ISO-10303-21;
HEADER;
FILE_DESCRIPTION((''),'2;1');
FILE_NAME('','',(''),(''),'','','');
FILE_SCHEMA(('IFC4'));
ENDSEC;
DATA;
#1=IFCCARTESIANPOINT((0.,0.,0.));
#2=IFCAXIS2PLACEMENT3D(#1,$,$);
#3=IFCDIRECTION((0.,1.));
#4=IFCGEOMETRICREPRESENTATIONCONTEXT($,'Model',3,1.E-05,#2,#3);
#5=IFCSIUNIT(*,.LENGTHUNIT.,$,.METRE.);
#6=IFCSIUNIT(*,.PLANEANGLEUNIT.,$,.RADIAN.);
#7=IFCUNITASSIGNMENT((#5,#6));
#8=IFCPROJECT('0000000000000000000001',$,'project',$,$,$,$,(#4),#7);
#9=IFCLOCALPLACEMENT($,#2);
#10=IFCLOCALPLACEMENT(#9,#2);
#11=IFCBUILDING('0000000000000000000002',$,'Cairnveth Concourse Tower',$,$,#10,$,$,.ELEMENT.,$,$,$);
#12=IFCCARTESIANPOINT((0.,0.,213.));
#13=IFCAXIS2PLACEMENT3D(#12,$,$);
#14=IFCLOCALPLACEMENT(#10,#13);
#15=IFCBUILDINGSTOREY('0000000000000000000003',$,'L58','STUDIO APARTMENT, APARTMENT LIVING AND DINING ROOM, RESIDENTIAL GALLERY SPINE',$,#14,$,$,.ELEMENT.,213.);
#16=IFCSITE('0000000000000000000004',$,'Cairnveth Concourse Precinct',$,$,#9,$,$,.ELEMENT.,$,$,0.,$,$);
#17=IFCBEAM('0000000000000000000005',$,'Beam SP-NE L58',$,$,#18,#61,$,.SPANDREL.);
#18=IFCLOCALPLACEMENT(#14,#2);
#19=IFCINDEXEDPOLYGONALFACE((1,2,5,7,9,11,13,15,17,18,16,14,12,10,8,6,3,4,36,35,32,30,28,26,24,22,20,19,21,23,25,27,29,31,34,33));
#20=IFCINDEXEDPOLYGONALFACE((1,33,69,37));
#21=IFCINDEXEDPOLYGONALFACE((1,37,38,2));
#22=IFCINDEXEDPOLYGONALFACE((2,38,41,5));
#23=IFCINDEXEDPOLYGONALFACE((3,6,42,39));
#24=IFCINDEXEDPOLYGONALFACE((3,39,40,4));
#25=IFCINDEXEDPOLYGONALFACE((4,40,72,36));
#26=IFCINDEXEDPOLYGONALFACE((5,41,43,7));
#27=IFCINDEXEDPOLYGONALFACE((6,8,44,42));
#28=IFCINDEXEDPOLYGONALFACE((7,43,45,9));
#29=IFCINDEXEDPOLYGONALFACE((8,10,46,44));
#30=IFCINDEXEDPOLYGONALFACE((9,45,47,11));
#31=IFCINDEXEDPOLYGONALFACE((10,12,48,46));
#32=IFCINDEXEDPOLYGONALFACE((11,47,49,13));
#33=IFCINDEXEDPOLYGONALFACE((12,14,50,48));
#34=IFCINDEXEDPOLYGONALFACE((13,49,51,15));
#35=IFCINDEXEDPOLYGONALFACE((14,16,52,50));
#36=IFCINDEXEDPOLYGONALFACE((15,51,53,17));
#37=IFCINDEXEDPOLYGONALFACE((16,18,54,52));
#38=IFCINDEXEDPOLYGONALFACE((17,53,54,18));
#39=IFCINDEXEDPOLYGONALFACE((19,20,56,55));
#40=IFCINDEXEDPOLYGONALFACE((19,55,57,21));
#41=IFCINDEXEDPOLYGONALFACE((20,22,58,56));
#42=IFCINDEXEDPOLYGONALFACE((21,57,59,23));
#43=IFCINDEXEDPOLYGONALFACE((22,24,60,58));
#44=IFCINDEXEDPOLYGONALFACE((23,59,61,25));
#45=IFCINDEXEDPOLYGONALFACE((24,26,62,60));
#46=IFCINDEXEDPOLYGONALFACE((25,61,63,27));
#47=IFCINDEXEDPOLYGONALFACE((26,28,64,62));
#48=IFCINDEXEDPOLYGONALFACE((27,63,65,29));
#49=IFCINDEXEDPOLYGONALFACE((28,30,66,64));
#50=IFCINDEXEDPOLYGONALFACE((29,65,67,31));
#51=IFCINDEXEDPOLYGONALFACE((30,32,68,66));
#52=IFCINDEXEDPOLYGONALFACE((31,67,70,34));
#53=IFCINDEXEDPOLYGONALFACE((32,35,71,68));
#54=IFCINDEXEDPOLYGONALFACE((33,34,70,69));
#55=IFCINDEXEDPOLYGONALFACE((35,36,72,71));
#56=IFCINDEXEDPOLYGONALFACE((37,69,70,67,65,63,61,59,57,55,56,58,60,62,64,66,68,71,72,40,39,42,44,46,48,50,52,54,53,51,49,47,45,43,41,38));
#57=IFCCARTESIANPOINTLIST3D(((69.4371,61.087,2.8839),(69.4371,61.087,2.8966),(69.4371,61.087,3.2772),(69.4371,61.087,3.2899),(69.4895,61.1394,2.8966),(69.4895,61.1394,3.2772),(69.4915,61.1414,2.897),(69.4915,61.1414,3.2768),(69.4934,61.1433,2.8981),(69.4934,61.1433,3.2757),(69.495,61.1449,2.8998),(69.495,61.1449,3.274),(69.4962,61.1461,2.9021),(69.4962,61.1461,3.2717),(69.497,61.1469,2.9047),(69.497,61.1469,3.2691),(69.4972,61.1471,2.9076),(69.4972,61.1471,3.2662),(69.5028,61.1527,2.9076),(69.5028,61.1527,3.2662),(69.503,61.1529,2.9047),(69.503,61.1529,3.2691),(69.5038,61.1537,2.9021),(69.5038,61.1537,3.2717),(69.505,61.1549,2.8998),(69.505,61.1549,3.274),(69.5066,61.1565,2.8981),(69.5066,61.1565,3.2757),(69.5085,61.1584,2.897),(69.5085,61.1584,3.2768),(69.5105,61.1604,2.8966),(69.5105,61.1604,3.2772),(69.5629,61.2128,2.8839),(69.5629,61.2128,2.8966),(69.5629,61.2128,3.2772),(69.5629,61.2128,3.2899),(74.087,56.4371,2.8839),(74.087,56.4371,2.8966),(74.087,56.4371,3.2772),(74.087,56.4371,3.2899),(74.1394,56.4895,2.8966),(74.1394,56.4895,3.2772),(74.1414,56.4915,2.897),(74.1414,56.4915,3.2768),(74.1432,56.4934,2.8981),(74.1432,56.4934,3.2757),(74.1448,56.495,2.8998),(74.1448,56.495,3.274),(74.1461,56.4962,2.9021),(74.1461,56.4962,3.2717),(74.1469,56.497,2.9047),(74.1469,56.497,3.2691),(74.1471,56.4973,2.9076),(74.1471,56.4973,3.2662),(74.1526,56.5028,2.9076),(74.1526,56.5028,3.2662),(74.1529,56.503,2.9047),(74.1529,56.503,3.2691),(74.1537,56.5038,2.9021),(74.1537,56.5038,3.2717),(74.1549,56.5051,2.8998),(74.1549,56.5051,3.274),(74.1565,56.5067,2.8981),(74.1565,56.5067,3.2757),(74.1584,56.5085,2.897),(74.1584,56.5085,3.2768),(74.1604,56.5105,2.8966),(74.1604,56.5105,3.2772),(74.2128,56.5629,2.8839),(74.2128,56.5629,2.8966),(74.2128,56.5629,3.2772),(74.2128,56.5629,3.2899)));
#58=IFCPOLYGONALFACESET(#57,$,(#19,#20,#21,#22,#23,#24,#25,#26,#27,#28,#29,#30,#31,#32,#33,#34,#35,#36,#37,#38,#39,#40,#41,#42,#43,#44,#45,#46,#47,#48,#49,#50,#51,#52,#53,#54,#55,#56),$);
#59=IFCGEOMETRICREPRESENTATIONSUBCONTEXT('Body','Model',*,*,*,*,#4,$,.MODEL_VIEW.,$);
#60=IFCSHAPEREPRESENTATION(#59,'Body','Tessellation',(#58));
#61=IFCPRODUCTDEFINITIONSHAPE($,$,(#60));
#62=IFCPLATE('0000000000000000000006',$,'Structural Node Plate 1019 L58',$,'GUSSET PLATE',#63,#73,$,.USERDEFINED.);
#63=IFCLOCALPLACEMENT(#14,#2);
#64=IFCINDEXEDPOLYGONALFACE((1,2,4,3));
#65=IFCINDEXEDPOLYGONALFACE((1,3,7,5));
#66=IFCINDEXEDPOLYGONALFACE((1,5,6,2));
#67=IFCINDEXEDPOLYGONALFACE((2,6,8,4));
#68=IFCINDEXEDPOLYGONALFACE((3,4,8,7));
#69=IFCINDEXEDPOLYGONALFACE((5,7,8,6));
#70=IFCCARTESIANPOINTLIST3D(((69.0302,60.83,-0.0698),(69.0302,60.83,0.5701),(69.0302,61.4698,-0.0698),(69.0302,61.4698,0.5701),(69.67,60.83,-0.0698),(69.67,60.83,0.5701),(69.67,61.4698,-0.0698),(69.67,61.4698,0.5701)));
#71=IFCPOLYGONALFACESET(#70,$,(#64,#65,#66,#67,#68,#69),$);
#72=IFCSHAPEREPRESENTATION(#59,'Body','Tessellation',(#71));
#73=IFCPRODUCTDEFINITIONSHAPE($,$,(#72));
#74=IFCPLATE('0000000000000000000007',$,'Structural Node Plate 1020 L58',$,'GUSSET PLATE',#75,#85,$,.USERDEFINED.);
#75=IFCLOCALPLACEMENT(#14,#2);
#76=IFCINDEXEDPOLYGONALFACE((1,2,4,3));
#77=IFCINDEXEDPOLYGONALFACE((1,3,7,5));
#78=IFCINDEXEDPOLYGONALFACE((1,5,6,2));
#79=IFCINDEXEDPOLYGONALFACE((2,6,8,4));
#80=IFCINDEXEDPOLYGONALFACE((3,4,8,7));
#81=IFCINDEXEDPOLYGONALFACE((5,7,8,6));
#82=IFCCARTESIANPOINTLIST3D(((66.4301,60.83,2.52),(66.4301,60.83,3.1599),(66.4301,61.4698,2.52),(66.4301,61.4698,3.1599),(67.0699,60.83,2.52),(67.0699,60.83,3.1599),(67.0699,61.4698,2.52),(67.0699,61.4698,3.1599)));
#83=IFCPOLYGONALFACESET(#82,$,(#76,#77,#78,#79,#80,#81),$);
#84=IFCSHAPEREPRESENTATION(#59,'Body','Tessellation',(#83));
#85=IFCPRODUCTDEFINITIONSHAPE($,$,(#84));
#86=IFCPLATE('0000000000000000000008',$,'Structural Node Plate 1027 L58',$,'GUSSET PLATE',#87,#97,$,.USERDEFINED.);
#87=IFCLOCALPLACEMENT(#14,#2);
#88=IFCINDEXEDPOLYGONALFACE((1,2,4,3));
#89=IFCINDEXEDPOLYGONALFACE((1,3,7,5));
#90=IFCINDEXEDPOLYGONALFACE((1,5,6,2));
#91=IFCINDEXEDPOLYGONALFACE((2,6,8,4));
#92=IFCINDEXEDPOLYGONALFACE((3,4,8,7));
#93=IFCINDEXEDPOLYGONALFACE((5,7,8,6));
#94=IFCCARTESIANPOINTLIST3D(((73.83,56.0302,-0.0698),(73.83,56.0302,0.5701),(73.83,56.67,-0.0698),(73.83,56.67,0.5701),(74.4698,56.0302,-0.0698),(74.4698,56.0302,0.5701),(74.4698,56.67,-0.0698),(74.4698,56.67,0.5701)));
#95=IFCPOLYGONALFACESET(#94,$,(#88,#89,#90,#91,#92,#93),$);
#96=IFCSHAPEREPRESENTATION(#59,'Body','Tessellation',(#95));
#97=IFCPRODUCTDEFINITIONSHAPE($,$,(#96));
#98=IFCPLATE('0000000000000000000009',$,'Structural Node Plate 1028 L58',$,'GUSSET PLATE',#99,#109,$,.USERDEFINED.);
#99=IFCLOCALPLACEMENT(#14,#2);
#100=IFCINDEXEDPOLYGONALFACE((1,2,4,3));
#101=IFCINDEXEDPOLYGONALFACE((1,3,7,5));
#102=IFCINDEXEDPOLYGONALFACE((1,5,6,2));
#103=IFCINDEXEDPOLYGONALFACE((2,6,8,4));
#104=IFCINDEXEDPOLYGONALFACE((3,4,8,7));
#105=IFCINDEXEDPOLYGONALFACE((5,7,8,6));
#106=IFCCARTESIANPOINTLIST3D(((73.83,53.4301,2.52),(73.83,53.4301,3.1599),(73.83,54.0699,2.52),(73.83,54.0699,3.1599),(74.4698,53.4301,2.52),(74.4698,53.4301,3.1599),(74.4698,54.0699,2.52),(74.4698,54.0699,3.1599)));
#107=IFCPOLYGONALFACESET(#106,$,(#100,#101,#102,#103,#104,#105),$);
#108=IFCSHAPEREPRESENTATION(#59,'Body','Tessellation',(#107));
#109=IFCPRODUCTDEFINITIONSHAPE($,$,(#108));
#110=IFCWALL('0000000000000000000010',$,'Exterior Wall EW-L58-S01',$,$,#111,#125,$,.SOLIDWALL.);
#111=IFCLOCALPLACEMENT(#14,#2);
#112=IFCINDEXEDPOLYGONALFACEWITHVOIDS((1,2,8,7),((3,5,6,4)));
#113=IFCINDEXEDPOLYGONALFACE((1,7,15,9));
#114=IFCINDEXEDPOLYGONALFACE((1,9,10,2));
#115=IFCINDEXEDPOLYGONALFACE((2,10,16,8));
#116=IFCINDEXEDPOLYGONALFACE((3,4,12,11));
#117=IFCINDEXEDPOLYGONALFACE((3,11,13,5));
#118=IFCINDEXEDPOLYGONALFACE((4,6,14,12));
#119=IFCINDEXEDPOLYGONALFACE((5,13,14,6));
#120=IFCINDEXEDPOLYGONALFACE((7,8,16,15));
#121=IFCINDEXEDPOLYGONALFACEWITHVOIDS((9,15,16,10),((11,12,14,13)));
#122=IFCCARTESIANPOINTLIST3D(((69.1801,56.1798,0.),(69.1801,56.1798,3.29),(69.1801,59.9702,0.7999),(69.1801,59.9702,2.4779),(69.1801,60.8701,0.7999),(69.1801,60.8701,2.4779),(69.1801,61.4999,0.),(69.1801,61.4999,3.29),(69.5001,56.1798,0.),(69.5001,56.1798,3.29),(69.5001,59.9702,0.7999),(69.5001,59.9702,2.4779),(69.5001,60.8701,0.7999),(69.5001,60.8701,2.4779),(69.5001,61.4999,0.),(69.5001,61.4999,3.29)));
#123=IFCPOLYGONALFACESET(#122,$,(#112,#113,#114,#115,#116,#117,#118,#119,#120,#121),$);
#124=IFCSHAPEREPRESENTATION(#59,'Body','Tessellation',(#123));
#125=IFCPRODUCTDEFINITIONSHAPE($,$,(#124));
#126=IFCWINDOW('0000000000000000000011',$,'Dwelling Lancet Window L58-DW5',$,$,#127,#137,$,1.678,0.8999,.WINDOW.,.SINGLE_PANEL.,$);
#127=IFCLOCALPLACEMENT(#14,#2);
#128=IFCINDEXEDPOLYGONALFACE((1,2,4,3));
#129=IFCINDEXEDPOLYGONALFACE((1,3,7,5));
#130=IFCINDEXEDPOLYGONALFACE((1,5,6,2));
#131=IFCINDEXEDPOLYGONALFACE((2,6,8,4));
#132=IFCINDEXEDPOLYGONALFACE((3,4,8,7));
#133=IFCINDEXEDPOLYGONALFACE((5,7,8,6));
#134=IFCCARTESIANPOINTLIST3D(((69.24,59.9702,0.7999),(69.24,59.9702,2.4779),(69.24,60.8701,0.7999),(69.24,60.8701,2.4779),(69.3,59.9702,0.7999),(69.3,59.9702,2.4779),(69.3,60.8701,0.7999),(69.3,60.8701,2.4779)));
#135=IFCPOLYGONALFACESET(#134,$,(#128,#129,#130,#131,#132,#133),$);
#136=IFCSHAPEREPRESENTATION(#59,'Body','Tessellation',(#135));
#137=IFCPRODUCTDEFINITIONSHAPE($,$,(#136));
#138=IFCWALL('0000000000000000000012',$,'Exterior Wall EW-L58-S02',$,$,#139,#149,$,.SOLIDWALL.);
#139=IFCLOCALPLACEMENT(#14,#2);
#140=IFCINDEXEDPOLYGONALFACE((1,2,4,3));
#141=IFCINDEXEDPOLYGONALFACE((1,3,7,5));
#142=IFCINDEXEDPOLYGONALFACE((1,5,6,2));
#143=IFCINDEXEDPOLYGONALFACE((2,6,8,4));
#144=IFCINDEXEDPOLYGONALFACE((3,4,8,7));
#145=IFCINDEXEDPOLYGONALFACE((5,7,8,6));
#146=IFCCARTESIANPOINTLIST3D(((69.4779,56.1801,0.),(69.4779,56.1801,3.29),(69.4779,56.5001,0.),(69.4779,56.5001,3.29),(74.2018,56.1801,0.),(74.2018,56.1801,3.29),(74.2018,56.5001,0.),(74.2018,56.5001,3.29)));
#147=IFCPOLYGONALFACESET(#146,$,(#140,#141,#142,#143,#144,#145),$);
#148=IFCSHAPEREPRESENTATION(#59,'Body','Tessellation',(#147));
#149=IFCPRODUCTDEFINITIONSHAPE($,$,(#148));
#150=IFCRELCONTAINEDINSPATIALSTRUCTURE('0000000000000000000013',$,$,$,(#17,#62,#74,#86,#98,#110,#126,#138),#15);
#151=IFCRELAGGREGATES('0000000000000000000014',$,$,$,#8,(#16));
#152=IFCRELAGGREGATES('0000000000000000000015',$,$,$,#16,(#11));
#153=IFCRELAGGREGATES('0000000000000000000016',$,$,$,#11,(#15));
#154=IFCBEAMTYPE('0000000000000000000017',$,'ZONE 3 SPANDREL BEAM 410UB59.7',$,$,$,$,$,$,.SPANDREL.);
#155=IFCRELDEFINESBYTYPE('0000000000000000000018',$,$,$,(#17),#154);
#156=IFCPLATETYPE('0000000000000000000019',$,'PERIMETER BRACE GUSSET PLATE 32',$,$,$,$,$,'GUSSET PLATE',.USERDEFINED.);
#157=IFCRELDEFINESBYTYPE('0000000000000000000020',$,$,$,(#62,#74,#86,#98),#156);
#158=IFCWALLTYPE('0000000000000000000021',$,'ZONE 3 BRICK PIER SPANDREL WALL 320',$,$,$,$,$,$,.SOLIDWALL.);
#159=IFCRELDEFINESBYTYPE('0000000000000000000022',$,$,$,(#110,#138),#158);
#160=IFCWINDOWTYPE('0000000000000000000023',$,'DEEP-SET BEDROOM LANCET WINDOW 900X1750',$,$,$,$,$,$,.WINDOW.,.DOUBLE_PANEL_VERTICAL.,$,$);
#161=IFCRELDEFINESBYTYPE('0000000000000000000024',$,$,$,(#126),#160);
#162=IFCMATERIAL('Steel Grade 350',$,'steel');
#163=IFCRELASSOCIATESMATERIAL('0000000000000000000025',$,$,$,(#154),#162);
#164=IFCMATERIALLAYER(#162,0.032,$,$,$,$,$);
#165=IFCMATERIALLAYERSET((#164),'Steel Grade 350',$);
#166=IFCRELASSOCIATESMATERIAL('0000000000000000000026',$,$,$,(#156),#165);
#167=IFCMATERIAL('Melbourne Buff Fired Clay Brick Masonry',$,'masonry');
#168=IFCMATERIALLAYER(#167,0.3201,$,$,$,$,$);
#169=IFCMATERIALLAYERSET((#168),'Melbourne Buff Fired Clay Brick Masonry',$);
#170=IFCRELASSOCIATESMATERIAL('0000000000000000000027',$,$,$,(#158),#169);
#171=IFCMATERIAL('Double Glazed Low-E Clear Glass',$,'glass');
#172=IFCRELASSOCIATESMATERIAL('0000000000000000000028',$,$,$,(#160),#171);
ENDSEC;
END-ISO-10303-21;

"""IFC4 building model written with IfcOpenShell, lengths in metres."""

from ifc_helpers import new_model, si_unit, direction, frame, frame_2d, origin, origin_2d, place, context, subcontext, project, spatial, rectangle, i_section, extrude, material, layer, layer_set, material_profile, profile_set, type_object, element, fill, save


model = new_model("IFC4")

# Units and contexts
model_context = context("Model", 3, precision=1e-05, world=origin(), true_north=direction((0.0, 1.0)))
body_context = subcontext(model_context, "Body", "Model", "MODEL_VIEW")
ifc_project = project(units=[si_unit("LENGTHUNIT", "METRE"), si_unit("PLANEANGLEUNIT", "RADIAN")], contexts=[model_context])

# Site, building, storey
site_placement = place(None, origin())
site = spatial("IfcSite", under=ifc_project, at=site_placement, Name="Cairnveth Concourse Precinct", CompositionType="ELEMENT", RefElevation=0.0)
building_placement = place(site_placement, origin())
building = spatial("IfcBuilding", under=site, at=building_placement, Name="Cairnveth Concourse Tower", CompositionType="ELEMENT")
storey_placement = place(building_placement, frame((0.0, 0.0, 213.0)))
storey = spatial("IfcBuildingStorey", under=building, at=storey_placement, Name="L58", Description="STUDIO APARTMENT, APARTMENT LIVING AND DINING ROOM, RESIDENTIAL GALLERY SPINE", CompositionType="ELEMENT", Elevation=213.0)

# Shared definitions
ifc_material_1 = material(Name="Steel Grade 350", Category="steel")

# Beam
ifc_material_profile_1 = material_profile(ifc_material_1, i_section(OverallWidth=0.178, OverallDepth=0.406, WebThickness=0.0078, FlangeThickness=0.0127, FilletRadius=0.011, at=origin_2d()), Name="410UB59.7")
ifc_profile_set_1 = profile_set([ifc_material_profile_1], Name="Steel Grade 350")
beam_type_1 = type_object("IfcBeamType", Name="ZONE 3 SPANDREL BEAM 410UB59.7", PredefinedType="SPANDREL", material=ifc_profile_set_1)
beam_1_placement = place(storey_placement, frame((69.5, 61.1499, 3.0869), z_axis=(0.707107, -0.707107, 0.0), x_axis=(0.707107, 0.707107, 0.0)))
element("IfcBeam", 1, at=beam_1_placement, inside=storey, type_object=beam_type_1, Name="Beam SP-NE L58", PredefinedType="SPANDREL", context=body_context, shape_type="SweptSolid", body=[
    extrude(i_section(OverallWidth=0.178, OverallDepth=0.406, WebThickness=0.0078, FlangeThickness=0.0127, FilletRadius=0.011, at=origin_2d()), origin(), (0.0, 0.0, 1.0), 6.5759),
])

# Plates
ifc_layer_1 = layer(ifc_material_1, 0.032)
ifc_layer_set_1 = layer_set([ifc_layer_1], Name="Steel Grade 350")
plate_type = type_object("IfcPlateType", Name="PERIMETER BRACE GUSSET PLATE 32", ElementType="GUSSET PLATE", PredefinedType="USERDEFINED", material=ifc_layer_set_1)
for number, where, z_axis, x_axis, name in (
    (2, (69.3501, 61.1499, -0.0698), (0.0, 0.0, 1.0), (1.0, 0.0, 0.0), "Structural Node Plate 1019 L58"),
    (3, (66.75, 61.1499, 2.52), (0.0, 0.0, 1.0), (1.0, 0.0, 0.0), "Structural Node Plate 1020 L58"),
    (4, (74.1499, 56.3501, -0.0698), (0.0, 0.0, 1.0), (1.0, 0.0, 0.0), "Structural Node Plate 1027 L58"),
    (5, (74.1499, 53.75, 2.52), (0.0, 0.0, 1.0), (1.0, 0.0, 0.0), "Structural Node Plate 1028 L58"),
):
    element("IfcPlate", number, at=place(storey_placement, frame(where, z_axis=z_axis, x_axis=x_axis)), inside=storey, type_object=plate_type, Name=name, ObjectType="GUSSET PLATE", PredefinedType="USERDEFINED", context=body_context, shape_type="SweptSolid", body=[
        extrude(rectangle(XDim=0.6399, YDim=0.6399, at=origin_2d()), origin(), (0.0, 0.0, 1.0), 0.6399),
    ])

# Wall, opening, window
ifc_material_2 = material(Name="Melbourne Buff Fired Clay Brick Masonry", Category="masonry")
ifc_layer_2 = layer(ifc_material_2, 0.3201)
ifc_layer_set_2 = layer_set([ifc_layer_2], Name="Melbourne Buff Fired Clay Brick Masonry")
wall_type = type_object("IfcWallType", Name="ZONE 3 BRICK PIER SPANDREL WALL 320", PredefinedType="SOLIDWALL", material=ifc_layer_set_2)
wall_1_placement = place(storey_placement, frame((69.3401, 61.5, 0.0), z_axis=(0.0, 0.0, 1.0), x_axis=(0.0, -1.0, 0.0)))
wall_1 = element("IfcWall", 6, at=wall_1_placement, inside=storey, type_object=wall_type, Name="Exterior Wall EW-L58-S01", PredefinedType="SOLIDWALL", context=body_context, shape_type="SweptSolid", body=[
    extrude(rectangle(XDim=5.3201, YDim=0.3201, at=frame_2d((2.6602, 0.0))), origin(), (0.0, 0.0, 1.0), 3.29),
])
opening_1_placement = place(wall_1_placement, frame((0.6299, 0.0, 0.8)))
opening_1 = element("IfcOpeningElement", 7, at=opening_1_placement, cuts=wall_1, PredefinedType="OPENING", context=body_context, shape_type="SweptSolid", body=[
    extrude(rectangle(XDim=0.8999, YDim=1.678, at=frame_2d((0.45, 0.8389))), frame((0.0, 0.1699, 0.0), z_axis=(0.0, -1.0, 0.0), x_axis=(1.0, 0.0, 0.0)), (0.0, 0.0, 1.0), 0.3401),
])
ifc_material_3 = material(Name="Double Glazed Low-E Clear Glass", Category="glass")
window_type_1 = type_object("IfcWindowType", Name="DEEP-SET BEDROOM LANCET WINDOW 900X1750", PartitioningType="DOUBLE_PANEL_VERTICAL", PredefinedType="WINDOW", material=ifc_material_3)
window_1_placement = place(opening_1_placement, origin())
window_1 = element("IfcWindow", 8, at=window_1_placement, inside=storey, type_object=window_type_1, Name="Dwelling Lancet Window L58-DW5", OverallHeight=1.678, OverallWidth=0.8999, PartitioningType="SINGLE_PANEL", PredefinedType="WINDOW", context=body_context, shape_type="SweptSolid", body=[
    extrude(rectangle(XDim=0.8999, YDim=1.678, at=frame_2d((0.45, 0.8389))), frame((0.0, -0.04, 0.0), z_axis=(0.0, -1.0, 0.0), x_axis=(1.0, 0.0, 0.0)), (0.0, 0.0, 1.0), 0.0601),
])
fill(opening_1, window_1)

# Wall
wall_2_placement = place(storey_placement, frame((69.478, 56.3401, 0.0), z_axis=(0.0, 0.0, 1.0), x_axis=(1.0, 0.0, 0.0)))
element("IfcWall", 9, at=wall_2_placement, inside=storey, type_object=wall_type, Name="Exterior Wall EW-L58-S02", PredefinedType="SOLIDWALL", context=body_context, shape_type="SweptSolid", body=[
    extrude(rectangle(XDim=4.7239, YDim=0.3201, at=frame_2d((2.3618, 0.0))), origin(), (0.0, 0.0, 1.0), 3.29),
])

save(model, "model.ifc")
